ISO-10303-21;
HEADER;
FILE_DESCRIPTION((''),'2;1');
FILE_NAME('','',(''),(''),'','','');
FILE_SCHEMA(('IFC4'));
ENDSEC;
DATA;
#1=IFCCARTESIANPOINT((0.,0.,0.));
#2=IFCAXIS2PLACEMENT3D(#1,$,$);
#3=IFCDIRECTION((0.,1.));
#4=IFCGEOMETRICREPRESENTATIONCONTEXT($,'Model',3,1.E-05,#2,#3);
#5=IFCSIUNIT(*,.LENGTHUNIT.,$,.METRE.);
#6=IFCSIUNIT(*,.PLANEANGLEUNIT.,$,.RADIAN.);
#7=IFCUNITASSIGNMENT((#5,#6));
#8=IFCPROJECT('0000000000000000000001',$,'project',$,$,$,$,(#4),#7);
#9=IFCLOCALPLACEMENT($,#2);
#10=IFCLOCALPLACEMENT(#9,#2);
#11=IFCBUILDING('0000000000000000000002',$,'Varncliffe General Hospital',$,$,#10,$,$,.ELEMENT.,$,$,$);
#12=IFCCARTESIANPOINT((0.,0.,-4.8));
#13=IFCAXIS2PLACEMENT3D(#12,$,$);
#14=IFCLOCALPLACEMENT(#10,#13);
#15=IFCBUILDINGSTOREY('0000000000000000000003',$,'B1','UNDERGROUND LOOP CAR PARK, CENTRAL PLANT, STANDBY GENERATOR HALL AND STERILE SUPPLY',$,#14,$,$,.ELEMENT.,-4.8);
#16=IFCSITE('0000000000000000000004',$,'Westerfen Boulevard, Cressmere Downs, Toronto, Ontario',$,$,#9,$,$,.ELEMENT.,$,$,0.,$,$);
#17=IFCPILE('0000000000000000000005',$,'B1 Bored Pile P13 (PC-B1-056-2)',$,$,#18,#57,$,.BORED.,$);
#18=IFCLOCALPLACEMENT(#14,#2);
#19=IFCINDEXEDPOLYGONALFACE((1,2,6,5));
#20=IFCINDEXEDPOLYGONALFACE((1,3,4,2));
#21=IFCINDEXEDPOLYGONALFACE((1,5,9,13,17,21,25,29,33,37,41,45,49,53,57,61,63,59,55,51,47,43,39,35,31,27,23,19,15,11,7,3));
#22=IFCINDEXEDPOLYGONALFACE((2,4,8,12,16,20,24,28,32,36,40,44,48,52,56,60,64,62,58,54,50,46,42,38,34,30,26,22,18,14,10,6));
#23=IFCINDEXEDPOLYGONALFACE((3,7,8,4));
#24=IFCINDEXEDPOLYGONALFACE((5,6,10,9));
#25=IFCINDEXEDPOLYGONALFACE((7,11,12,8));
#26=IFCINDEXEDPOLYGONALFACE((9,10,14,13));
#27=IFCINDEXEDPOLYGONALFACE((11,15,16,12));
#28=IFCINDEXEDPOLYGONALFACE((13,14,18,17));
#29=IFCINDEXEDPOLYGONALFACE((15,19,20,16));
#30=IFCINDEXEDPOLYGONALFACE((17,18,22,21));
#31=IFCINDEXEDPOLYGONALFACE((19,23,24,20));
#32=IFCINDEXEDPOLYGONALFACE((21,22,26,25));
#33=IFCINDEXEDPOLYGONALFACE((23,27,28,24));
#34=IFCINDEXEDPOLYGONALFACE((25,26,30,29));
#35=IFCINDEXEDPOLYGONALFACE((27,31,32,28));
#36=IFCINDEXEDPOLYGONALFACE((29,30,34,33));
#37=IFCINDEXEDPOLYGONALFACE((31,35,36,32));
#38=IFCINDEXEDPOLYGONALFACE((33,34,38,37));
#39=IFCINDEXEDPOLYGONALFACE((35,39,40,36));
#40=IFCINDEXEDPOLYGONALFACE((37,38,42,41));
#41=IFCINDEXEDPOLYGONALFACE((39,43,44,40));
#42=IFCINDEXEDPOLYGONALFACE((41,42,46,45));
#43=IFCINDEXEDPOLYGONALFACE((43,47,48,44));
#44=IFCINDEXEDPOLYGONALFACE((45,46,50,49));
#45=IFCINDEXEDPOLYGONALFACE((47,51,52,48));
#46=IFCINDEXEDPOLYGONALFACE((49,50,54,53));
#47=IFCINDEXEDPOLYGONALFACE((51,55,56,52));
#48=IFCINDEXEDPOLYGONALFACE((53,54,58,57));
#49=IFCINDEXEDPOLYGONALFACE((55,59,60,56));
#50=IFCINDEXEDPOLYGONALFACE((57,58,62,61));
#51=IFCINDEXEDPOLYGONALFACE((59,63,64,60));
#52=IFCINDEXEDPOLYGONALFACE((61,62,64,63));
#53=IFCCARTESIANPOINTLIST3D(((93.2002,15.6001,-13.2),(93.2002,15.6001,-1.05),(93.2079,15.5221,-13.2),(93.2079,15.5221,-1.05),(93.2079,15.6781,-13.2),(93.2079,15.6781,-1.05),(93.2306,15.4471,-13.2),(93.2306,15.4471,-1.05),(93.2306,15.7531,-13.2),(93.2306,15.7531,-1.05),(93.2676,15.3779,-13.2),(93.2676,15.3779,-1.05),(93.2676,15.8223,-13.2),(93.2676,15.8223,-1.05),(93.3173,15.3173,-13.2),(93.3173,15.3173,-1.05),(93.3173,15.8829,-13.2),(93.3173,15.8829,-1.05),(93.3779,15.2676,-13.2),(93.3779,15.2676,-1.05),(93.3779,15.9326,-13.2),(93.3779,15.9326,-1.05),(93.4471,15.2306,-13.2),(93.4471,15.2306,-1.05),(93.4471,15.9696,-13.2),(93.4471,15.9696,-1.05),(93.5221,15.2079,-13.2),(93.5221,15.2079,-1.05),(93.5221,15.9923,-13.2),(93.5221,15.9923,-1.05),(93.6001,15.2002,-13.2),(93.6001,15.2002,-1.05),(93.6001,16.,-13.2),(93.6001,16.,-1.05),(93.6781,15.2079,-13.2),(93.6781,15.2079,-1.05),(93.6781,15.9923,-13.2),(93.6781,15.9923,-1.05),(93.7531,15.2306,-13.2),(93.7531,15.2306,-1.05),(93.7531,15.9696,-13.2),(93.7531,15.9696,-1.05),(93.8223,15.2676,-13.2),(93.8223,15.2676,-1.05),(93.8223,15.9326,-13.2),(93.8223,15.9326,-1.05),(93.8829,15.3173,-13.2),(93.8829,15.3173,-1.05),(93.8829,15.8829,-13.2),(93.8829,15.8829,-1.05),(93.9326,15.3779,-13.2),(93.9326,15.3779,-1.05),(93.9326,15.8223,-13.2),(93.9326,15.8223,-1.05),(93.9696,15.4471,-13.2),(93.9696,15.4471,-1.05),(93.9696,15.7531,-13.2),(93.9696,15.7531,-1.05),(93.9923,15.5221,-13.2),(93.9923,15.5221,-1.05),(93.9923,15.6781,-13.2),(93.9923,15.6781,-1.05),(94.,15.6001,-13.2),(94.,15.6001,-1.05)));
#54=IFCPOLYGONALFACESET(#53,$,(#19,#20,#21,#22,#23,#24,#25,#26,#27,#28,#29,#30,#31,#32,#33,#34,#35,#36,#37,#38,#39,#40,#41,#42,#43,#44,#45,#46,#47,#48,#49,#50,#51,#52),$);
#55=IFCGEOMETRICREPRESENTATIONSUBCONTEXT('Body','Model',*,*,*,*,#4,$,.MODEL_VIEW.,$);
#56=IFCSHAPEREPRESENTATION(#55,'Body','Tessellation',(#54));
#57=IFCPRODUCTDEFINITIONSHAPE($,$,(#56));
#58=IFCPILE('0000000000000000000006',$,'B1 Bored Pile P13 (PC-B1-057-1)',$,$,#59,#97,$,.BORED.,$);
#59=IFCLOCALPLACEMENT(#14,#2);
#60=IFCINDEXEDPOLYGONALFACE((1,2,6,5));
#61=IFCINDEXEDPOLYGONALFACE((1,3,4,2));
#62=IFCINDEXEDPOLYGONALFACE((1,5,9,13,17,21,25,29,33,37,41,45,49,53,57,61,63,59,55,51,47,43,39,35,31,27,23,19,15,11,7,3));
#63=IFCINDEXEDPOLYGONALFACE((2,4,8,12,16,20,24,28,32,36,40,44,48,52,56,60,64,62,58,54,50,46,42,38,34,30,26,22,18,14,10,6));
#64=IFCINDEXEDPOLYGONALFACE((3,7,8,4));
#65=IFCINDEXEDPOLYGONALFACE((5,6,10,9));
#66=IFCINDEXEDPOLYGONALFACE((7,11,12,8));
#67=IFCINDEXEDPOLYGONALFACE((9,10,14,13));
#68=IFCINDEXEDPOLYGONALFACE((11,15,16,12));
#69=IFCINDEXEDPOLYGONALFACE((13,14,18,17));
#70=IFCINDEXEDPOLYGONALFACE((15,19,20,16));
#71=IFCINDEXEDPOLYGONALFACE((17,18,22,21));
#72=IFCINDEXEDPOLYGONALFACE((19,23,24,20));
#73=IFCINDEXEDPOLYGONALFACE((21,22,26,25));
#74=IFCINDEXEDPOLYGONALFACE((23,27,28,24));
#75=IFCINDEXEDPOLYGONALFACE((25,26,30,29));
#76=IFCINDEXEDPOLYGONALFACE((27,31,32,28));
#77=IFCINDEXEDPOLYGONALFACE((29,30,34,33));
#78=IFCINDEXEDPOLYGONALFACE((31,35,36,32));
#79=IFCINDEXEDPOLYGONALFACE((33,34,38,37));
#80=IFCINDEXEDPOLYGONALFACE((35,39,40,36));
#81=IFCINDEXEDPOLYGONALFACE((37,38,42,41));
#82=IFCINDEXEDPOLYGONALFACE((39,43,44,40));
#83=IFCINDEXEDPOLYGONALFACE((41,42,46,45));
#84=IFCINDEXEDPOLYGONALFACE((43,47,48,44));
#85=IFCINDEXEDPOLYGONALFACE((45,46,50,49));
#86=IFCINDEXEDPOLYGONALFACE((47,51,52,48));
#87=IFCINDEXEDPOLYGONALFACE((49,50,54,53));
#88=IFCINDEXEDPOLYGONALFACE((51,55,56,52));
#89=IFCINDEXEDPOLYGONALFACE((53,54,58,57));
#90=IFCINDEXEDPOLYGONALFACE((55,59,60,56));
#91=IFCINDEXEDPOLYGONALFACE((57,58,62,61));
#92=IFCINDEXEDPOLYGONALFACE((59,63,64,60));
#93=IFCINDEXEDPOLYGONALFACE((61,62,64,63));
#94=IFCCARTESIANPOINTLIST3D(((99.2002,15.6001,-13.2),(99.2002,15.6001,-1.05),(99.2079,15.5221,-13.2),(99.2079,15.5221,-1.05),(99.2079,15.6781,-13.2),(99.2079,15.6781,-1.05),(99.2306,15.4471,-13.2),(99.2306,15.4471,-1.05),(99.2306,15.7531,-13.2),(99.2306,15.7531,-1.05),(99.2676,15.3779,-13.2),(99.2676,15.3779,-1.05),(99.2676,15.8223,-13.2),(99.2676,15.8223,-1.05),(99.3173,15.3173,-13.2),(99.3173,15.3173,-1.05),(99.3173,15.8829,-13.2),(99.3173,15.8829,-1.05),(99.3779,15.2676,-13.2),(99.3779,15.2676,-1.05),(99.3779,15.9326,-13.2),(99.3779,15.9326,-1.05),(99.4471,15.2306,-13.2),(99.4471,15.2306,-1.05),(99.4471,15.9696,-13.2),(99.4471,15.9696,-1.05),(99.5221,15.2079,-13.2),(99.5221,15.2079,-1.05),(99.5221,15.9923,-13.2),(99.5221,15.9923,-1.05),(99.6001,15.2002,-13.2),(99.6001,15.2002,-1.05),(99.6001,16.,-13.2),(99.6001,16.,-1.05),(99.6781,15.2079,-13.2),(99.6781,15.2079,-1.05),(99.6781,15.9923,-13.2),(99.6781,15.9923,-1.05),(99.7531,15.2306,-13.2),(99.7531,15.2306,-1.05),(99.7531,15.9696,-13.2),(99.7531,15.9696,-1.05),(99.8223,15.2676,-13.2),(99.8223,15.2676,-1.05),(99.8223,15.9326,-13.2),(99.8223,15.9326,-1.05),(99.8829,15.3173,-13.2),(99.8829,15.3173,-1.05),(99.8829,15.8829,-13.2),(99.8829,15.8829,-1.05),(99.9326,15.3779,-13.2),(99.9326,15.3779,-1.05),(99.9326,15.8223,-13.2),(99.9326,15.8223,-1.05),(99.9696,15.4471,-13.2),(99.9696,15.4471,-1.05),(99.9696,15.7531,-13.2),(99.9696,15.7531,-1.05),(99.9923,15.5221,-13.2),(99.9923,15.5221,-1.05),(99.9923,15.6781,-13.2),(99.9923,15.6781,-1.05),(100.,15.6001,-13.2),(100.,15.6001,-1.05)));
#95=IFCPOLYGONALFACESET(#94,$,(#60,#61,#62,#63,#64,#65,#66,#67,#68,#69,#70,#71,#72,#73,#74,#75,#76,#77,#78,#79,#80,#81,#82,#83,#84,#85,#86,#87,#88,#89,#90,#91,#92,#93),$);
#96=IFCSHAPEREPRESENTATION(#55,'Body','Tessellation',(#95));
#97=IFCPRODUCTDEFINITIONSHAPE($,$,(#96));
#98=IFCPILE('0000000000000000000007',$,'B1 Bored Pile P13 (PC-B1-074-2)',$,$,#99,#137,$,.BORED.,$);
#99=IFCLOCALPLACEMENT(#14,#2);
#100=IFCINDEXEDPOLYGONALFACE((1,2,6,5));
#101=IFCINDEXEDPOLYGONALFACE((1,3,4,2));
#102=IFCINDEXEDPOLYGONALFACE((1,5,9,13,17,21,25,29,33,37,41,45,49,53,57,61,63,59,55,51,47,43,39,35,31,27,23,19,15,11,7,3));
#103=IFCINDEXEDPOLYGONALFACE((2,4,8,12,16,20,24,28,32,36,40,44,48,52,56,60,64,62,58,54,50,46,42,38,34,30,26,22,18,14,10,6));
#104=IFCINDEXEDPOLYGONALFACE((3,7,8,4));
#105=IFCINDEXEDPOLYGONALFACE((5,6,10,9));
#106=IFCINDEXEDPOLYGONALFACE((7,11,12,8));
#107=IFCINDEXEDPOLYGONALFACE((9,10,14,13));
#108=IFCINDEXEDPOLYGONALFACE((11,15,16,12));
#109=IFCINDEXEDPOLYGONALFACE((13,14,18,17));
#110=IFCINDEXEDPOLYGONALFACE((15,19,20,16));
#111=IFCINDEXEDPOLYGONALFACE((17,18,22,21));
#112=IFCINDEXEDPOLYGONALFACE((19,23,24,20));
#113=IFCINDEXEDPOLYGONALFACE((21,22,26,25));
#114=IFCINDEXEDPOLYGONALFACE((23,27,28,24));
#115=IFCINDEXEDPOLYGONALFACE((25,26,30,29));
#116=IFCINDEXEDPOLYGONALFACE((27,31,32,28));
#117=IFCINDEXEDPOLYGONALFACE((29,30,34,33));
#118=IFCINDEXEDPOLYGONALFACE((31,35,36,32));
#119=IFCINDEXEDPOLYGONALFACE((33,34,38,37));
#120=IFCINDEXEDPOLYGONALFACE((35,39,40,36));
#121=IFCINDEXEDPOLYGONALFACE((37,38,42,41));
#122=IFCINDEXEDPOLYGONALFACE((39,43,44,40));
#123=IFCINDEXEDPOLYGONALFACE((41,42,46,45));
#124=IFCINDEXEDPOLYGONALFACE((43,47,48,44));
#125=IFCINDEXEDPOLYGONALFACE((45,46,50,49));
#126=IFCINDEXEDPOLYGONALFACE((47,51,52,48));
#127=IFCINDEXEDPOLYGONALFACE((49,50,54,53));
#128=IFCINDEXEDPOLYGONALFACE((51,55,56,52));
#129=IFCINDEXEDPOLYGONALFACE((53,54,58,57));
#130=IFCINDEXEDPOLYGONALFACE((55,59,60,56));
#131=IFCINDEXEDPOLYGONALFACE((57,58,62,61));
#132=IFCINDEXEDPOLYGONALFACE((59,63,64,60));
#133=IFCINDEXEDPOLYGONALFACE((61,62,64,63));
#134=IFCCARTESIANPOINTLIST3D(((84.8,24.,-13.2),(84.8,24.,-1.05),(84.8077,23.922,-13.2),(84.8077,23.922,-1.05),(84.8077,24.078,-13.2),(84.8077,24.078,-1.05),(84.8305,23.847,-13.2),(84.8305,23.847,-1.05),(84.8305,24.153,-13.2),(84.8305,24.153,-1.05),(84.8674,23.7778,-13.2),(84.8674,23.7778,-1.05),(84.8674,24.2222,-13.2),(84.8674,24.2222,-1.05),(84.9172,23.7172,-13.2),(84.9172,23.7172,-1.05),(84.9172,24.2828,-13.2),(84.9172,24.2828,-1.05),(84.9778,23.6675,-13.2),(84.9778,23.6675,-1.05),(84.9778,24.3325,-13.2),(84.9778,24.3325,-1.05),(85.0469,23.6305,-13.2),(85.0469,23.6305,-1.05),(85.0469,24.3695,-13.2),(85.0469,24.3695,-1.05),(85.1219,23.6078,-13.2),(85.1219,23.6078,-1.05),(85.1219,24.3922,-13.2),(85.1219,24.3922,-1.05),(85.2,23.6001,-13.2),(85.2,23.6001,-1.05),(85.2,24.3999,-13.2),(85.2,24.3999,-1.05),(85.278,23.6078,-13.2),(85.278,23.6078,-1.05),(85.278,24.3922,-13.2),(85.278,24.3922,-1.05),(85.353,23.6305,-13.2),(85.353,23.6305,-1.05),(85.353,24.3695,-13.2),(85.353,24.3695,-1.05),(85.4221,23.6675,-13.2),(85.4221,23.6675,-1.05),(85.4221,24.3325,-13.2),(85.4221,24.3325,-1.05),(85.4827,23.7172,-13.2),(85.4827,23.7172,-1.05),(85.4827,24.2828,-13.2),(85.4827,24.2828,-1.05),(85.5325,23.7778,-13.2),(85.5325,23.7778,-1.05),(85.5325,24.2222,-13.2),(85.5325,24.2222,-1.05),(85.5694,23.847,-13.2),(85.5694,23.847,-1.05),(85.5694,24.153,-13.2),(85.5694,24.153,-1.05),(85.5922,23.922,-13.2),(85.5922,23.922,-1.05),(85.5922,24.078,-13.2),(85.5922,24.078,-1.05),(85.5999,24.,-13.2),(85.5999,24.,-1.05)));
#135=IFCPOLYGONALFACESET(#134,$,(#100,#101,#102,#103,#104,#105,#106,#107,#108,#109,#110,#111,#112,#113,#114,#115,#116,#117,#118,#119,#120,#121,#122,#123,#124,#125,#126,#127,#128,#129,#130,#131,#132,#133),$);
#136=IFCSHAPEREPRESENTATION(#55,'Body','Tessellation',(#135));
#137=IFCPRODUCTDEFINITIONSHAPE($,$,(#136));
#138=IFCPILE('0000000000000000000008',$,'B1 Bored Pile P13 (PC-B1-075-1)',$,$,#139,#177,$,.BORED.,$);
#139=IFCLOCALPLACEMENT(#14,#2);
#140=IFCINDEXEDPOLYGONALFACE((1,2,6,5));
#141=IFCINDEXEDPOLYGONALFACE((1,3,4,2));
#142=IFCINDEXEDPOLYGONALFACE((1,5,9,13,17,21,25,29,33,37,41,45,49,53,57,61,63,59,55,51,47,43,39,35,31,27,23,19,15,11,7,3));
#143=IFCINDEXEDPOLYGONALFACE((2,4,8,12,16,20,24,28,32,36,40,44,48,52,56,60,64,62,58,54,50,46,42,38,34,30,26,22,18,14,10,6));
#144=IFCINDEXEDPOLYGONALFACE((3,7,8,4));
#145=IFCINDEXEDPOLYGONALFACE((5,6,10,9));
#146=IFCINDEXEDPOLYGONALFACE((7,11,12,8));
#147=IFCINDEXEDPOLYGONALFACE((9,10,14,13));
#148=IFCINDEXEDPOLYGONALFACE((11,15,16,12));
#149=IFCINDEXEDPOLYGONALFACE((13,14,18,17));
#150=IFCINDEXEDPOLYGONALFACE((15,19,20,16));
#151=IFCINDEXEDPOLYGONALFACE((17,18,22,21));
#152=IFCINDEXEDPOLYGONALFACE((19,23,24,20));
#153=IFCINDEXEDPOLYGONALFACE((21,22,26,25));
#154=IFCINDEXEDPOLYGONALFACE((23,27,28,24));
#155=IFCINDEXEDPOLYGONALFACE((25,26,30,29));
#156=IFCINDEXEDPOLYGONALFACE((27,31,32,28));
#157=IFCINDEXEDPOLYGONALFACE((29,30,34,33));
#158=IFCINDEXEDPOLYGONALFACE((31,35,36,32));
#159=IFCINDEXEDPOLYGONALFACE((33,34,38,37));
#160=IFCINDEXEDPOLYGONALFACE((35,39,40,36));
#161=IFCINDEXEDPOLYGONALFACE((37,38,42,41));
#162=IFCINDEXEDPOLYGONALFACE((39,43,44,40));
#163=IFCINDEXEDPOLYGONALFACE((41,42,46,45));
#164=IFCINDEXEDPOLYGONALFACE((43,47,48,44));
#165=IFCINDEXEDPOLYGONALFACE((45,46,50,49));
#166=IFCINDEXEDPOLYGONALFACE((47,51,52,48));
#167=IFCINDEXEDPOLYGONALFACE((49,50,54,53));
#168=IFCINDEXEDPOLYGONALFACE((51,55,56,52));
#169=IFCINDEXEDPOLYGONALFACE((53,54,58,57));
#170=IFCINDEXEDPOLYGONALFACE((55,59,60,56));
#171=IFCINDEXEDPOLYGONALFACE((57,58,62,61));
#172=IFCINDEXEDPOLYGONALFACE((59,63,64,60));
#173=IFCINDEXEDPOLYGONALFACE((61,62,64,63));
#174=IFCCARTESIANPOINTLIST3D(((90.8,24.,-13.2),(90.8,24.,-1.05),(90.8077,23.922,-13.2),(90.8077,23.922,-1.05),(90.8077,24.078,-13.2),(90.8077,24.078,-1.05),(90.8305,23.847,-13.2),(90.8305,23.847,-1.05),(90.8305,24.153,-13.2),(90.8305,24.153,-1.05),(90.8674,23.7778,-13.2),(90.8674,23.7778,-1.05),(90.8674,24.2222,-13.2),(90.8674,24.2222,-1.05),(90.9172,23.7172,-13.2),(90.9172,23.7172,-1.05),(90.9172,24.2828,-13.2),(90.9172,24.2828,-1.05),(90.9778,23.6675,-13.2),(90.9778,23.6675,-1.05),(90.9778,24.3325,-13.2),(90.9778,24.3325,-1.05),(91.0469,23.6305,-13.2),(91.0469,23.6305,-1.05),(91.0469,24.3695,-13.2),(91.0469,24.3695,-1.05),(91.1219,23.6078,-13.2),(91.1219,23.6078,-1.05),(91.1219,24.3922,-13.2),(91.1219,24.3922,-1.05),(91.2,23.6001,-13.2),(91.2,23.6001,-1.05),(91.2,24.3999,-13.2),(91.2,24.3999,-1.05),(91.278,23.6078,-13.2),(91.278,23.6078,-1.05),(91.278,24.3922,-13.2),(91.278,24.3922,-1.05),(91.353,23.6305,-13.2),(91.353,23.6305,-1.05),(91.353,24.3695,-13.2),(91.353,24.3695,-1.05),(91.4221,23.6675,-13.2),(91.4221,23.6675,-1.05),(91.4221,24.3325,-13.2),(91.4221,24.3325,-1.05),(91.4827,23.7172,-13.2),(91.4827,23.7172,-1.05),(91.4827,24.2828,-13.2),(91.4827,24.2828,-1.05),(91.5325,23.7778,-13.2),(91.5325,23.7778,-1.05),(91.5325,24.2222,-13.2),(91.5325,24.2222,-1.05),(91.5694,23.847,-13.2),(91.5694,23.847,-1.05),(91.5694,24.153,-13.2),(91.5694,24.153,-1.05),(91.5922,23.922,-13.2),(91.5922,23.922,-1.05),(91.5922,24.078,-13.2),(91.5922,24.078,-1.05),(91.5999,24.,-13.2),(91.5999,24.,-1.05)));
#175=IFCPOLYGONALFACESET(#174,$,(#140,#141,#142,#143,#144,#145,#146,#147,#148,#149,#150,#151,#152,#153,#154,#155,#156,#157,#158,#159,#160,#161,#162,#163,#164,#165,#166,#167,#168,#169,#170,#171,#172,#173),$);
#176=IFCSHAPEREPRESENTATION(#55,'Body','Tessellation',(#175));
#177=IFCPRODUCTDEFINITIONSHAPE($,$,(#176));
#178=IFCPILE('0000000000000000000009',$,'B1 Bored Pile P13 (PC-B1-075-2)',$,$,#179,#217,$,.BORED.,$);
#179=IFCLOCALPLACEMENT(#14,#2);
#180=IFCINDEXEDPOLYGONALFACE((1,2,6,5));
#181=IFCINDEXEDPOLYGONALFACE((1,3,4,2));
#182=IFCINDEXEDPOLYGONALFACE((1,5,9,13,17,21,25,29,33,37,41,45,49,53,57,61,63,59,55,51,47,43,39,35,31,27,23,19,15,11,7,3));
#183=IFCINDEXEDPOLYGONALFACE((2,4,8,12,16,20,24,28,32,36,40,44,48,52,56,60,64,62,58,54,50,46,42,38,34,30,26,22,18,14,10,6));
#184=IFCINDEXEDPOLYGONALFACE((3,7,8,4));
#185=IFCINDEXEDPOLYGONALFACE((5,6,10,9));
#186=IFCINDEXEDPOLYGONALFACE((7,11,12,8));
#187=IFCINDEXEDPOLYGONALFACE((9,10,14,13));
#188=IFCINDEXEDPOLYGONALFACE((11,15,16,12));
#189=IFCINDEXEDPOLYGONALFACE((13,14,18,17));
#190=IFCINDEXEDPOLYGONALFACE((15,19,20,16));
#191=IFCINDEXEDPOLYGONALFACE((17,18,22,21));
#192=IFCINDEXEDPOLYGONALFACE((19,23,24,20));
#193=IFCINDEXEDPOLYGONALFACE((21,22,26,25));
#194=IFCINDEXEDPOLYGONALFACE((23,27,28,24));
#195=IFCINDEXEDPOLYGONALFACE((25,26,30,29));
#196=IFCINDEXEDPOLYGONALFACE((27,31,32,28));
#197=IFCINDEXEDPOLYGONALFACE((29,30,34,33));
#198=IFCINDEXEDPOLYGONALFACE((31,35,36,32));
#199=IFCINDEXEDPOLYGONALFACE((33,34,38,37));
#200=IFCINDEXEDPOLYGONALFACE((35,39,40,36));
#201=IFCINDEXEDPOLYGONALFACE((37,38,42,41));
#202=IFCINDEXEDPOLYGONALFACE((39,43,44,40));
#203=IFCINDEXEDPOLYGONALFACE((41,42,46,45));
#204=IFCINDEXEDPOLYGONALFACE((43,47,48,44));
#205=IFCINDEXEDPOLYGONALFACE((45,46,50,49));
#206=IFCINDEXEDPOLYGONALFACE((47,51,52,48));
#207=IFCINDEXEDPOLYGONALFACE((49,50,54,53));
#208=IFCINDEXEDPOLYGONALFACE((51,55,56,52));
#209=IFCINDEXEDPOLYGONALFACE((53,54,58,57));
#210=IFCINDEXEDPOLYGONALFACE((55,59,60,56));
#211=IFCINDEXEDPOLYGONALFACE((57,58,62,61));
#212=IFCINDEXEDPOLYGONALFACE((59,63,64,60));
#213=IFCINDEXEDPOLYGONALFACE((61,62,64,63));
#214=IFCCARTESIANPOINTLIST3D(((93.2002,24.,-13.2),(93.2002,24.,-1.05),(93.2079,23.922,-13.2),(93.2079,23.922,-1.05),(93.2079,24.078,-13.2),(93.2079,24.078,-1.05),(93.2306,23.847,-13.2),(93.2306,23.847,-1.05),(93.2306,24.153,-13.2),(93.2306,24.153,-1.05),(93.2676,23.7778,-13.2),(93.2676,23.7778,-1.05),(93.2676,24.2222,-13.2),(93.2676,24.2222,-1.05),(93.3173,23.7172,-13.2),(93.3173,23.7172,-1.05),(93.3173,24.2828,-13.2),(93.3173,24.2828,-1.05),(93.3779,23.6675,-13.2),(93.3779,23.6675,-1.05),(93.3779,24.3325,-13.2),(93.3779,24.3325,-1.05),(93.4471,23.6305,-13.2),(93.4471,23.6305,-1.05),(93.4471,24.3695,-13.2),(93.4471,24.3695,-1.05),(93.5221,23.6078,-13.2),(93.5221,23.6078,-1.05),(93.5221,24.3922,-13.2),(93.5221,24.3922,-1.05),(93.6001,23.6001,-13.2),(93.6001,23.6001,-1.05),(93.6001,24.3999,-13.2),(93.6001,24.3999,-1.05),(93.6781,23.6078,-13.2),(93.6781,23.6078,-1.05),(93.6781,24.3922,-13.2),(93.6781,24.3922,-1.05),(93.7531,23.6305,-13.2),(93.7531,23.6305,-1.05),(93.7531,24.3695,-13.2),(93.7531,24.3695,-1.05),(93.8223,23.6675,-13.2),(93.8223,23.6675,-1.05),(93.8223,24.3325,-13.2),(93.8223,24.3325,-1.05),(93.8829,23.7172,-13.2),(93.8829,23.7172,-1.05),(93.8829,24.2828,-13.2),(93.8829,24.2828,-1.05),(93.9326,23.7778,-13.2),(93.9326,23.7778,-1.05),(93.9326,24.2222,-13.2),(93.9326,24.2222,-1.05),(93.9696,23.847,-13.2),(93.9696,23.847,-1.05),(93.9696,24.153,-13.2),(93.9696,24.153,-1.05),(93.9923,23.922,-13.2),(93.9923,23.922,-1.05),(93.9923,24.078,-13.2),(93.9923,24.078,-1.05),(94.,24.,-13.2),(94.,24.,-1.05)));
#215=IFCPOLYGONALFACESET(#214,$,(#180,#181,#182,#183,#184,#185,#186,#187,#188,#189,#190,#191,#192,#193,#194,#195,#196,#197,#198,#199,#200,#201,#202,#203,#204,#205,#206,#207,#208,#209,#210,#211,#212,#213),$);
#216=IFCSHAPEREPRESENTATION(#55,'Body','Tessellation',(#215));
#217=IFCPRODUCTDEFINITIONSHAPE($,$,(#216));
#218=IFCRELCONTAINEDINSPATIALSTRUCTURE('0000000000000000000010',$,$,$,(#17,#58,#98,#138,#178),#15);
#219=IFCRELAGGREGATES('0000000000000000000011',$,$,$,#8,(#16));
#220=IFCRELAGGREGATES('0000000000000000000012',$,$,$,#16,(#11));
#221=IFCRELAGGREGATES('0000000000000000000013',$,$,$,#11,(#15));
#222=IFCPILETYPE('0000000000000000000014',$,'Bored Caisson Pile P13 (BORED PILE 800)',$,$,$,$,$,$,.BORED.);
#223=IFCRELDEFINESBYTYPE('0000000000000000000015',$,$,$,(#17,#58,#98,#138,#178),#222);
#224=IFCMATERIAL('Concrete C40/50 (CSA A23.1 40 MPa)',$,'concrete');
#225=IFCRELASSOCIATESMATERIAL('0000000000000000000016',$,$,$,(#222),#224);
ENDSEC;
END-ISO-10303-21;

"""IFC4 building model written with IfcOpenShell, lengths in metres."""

from ifc_helpers import new_model, si_unit, direction, frame, origin, origin_2d, place, context, subcontext, project, spatial, circle, extrude, material, material_profile, profile_set, type_object, element, save


model = new_model("IFC4")

# Units and contexts
model_context = context("Model", 3, precision=1e-05, world=origin(), true_north=direction((0.0, 1.0)))
body_context = subcontext(model_context, "Body", "Model", "MODEL_VIEW")
ifc_project = project(units=[si_unit("LENGTHUNIT", "METRE"), si_unit("PLANEANGLEUNIT", "RADIAN")], contexts=[model_context])

# Site, building, storey
site_placement = place(None, origin())
site = spatial("IfcSite", under=ifc_project, at=site_placement, Name="Westerfen Boulevard, Cressmere Downs, Toronto, Ontario", CompositionType="ELEMENT", RefElevation=0.0)
building_placement = place(site_placement, origin())
building = spatial("IfcBuilding", under=site, at=building_placement, Name="Varncliffe General Hospital", CompositionType="ELEMENT")
storey_placement = place(building_placement, frame((0.0, 0.0, -4.8)))
storey = spatial("IfcBuildingStorey", under=building, at=storey_placement, Name="B1", Description="UNDERGROUND LOOP CAR PARK, CENTRAL PLANT, STANDBY GENERATOR HALL AND STERILE SUPPLY", CompositionType="ELEMENT", Elevation=-4.8)

# Piles
ifc_material_1 = material(Name="Concrete C40/50 (CSA A23.1 40 MPa)", Category="concrete")
ifc_material_profile_1 = material_profile(ifc_material_1, circle(Radius=0.3999, at=origin_2d()), Name="BORED PILE 800")
ifc_profile_set_1 = profile_set([ifc_material_profile_1], Name="Concrete C40/50 (CSA A23.1 40 MPa)")
pile_type = type_object("IfcPileType", Name="Bored Caisson Pile P13 (BORED PILE 800)", PredefinedType="BORED", material=ifc_profile_set_1)
for number, where, z_axis, x_axis, name in (
    (1, (93.6001, 15.6001, -1.05), (0.0, 0.0, -1.0), (1.0, 0.0, 0.0), "B1 Bored Pile P13 (PC-B1-056-2)"),
    (2, (99.6001, 15.6001, -1.05), (0.0, 0.0, -1.0), (1.0, 0.0, 0.0), "B1 Bored Pile P13 (PC-B1-057-1)"),
    (3, (85.2, 24.0, -1.05), (0.0, 0.0, -1.0), (1.0, 0.0, 0.0), "B1 Bored Pile P13 (PC-B1-074-2)"),
    (4, (91.2, 24.0, -1.05), (0.0, 0.0, -1.0), (1.0, 0.0, 0.0), "B1 Bored Pile P13 (PC-B1-075-1)"),
    (5, (93.6001, 24.0, -1.05), (0.0, 0.0, -1.0), (1.0, 0.0, 0.0), "B1 Bored Pile P13 (PC-B1-075-2)"),
):
    element("IfcPile", number, at=place(storey_placement, frame(where, z_axis=z_axis, x_axis=x_axis)), inside=storey, type_object=pile_type, Name=name, PredefinedType="BORED", context=body_context, shape_type="SweptSolid", body=[
        extrude(circle(Radius=0.3999, at=origin_2d()), origin(), (0.0, 0.0, 1.0), 12.1499),
    ])

save(model, "model.ifc")
